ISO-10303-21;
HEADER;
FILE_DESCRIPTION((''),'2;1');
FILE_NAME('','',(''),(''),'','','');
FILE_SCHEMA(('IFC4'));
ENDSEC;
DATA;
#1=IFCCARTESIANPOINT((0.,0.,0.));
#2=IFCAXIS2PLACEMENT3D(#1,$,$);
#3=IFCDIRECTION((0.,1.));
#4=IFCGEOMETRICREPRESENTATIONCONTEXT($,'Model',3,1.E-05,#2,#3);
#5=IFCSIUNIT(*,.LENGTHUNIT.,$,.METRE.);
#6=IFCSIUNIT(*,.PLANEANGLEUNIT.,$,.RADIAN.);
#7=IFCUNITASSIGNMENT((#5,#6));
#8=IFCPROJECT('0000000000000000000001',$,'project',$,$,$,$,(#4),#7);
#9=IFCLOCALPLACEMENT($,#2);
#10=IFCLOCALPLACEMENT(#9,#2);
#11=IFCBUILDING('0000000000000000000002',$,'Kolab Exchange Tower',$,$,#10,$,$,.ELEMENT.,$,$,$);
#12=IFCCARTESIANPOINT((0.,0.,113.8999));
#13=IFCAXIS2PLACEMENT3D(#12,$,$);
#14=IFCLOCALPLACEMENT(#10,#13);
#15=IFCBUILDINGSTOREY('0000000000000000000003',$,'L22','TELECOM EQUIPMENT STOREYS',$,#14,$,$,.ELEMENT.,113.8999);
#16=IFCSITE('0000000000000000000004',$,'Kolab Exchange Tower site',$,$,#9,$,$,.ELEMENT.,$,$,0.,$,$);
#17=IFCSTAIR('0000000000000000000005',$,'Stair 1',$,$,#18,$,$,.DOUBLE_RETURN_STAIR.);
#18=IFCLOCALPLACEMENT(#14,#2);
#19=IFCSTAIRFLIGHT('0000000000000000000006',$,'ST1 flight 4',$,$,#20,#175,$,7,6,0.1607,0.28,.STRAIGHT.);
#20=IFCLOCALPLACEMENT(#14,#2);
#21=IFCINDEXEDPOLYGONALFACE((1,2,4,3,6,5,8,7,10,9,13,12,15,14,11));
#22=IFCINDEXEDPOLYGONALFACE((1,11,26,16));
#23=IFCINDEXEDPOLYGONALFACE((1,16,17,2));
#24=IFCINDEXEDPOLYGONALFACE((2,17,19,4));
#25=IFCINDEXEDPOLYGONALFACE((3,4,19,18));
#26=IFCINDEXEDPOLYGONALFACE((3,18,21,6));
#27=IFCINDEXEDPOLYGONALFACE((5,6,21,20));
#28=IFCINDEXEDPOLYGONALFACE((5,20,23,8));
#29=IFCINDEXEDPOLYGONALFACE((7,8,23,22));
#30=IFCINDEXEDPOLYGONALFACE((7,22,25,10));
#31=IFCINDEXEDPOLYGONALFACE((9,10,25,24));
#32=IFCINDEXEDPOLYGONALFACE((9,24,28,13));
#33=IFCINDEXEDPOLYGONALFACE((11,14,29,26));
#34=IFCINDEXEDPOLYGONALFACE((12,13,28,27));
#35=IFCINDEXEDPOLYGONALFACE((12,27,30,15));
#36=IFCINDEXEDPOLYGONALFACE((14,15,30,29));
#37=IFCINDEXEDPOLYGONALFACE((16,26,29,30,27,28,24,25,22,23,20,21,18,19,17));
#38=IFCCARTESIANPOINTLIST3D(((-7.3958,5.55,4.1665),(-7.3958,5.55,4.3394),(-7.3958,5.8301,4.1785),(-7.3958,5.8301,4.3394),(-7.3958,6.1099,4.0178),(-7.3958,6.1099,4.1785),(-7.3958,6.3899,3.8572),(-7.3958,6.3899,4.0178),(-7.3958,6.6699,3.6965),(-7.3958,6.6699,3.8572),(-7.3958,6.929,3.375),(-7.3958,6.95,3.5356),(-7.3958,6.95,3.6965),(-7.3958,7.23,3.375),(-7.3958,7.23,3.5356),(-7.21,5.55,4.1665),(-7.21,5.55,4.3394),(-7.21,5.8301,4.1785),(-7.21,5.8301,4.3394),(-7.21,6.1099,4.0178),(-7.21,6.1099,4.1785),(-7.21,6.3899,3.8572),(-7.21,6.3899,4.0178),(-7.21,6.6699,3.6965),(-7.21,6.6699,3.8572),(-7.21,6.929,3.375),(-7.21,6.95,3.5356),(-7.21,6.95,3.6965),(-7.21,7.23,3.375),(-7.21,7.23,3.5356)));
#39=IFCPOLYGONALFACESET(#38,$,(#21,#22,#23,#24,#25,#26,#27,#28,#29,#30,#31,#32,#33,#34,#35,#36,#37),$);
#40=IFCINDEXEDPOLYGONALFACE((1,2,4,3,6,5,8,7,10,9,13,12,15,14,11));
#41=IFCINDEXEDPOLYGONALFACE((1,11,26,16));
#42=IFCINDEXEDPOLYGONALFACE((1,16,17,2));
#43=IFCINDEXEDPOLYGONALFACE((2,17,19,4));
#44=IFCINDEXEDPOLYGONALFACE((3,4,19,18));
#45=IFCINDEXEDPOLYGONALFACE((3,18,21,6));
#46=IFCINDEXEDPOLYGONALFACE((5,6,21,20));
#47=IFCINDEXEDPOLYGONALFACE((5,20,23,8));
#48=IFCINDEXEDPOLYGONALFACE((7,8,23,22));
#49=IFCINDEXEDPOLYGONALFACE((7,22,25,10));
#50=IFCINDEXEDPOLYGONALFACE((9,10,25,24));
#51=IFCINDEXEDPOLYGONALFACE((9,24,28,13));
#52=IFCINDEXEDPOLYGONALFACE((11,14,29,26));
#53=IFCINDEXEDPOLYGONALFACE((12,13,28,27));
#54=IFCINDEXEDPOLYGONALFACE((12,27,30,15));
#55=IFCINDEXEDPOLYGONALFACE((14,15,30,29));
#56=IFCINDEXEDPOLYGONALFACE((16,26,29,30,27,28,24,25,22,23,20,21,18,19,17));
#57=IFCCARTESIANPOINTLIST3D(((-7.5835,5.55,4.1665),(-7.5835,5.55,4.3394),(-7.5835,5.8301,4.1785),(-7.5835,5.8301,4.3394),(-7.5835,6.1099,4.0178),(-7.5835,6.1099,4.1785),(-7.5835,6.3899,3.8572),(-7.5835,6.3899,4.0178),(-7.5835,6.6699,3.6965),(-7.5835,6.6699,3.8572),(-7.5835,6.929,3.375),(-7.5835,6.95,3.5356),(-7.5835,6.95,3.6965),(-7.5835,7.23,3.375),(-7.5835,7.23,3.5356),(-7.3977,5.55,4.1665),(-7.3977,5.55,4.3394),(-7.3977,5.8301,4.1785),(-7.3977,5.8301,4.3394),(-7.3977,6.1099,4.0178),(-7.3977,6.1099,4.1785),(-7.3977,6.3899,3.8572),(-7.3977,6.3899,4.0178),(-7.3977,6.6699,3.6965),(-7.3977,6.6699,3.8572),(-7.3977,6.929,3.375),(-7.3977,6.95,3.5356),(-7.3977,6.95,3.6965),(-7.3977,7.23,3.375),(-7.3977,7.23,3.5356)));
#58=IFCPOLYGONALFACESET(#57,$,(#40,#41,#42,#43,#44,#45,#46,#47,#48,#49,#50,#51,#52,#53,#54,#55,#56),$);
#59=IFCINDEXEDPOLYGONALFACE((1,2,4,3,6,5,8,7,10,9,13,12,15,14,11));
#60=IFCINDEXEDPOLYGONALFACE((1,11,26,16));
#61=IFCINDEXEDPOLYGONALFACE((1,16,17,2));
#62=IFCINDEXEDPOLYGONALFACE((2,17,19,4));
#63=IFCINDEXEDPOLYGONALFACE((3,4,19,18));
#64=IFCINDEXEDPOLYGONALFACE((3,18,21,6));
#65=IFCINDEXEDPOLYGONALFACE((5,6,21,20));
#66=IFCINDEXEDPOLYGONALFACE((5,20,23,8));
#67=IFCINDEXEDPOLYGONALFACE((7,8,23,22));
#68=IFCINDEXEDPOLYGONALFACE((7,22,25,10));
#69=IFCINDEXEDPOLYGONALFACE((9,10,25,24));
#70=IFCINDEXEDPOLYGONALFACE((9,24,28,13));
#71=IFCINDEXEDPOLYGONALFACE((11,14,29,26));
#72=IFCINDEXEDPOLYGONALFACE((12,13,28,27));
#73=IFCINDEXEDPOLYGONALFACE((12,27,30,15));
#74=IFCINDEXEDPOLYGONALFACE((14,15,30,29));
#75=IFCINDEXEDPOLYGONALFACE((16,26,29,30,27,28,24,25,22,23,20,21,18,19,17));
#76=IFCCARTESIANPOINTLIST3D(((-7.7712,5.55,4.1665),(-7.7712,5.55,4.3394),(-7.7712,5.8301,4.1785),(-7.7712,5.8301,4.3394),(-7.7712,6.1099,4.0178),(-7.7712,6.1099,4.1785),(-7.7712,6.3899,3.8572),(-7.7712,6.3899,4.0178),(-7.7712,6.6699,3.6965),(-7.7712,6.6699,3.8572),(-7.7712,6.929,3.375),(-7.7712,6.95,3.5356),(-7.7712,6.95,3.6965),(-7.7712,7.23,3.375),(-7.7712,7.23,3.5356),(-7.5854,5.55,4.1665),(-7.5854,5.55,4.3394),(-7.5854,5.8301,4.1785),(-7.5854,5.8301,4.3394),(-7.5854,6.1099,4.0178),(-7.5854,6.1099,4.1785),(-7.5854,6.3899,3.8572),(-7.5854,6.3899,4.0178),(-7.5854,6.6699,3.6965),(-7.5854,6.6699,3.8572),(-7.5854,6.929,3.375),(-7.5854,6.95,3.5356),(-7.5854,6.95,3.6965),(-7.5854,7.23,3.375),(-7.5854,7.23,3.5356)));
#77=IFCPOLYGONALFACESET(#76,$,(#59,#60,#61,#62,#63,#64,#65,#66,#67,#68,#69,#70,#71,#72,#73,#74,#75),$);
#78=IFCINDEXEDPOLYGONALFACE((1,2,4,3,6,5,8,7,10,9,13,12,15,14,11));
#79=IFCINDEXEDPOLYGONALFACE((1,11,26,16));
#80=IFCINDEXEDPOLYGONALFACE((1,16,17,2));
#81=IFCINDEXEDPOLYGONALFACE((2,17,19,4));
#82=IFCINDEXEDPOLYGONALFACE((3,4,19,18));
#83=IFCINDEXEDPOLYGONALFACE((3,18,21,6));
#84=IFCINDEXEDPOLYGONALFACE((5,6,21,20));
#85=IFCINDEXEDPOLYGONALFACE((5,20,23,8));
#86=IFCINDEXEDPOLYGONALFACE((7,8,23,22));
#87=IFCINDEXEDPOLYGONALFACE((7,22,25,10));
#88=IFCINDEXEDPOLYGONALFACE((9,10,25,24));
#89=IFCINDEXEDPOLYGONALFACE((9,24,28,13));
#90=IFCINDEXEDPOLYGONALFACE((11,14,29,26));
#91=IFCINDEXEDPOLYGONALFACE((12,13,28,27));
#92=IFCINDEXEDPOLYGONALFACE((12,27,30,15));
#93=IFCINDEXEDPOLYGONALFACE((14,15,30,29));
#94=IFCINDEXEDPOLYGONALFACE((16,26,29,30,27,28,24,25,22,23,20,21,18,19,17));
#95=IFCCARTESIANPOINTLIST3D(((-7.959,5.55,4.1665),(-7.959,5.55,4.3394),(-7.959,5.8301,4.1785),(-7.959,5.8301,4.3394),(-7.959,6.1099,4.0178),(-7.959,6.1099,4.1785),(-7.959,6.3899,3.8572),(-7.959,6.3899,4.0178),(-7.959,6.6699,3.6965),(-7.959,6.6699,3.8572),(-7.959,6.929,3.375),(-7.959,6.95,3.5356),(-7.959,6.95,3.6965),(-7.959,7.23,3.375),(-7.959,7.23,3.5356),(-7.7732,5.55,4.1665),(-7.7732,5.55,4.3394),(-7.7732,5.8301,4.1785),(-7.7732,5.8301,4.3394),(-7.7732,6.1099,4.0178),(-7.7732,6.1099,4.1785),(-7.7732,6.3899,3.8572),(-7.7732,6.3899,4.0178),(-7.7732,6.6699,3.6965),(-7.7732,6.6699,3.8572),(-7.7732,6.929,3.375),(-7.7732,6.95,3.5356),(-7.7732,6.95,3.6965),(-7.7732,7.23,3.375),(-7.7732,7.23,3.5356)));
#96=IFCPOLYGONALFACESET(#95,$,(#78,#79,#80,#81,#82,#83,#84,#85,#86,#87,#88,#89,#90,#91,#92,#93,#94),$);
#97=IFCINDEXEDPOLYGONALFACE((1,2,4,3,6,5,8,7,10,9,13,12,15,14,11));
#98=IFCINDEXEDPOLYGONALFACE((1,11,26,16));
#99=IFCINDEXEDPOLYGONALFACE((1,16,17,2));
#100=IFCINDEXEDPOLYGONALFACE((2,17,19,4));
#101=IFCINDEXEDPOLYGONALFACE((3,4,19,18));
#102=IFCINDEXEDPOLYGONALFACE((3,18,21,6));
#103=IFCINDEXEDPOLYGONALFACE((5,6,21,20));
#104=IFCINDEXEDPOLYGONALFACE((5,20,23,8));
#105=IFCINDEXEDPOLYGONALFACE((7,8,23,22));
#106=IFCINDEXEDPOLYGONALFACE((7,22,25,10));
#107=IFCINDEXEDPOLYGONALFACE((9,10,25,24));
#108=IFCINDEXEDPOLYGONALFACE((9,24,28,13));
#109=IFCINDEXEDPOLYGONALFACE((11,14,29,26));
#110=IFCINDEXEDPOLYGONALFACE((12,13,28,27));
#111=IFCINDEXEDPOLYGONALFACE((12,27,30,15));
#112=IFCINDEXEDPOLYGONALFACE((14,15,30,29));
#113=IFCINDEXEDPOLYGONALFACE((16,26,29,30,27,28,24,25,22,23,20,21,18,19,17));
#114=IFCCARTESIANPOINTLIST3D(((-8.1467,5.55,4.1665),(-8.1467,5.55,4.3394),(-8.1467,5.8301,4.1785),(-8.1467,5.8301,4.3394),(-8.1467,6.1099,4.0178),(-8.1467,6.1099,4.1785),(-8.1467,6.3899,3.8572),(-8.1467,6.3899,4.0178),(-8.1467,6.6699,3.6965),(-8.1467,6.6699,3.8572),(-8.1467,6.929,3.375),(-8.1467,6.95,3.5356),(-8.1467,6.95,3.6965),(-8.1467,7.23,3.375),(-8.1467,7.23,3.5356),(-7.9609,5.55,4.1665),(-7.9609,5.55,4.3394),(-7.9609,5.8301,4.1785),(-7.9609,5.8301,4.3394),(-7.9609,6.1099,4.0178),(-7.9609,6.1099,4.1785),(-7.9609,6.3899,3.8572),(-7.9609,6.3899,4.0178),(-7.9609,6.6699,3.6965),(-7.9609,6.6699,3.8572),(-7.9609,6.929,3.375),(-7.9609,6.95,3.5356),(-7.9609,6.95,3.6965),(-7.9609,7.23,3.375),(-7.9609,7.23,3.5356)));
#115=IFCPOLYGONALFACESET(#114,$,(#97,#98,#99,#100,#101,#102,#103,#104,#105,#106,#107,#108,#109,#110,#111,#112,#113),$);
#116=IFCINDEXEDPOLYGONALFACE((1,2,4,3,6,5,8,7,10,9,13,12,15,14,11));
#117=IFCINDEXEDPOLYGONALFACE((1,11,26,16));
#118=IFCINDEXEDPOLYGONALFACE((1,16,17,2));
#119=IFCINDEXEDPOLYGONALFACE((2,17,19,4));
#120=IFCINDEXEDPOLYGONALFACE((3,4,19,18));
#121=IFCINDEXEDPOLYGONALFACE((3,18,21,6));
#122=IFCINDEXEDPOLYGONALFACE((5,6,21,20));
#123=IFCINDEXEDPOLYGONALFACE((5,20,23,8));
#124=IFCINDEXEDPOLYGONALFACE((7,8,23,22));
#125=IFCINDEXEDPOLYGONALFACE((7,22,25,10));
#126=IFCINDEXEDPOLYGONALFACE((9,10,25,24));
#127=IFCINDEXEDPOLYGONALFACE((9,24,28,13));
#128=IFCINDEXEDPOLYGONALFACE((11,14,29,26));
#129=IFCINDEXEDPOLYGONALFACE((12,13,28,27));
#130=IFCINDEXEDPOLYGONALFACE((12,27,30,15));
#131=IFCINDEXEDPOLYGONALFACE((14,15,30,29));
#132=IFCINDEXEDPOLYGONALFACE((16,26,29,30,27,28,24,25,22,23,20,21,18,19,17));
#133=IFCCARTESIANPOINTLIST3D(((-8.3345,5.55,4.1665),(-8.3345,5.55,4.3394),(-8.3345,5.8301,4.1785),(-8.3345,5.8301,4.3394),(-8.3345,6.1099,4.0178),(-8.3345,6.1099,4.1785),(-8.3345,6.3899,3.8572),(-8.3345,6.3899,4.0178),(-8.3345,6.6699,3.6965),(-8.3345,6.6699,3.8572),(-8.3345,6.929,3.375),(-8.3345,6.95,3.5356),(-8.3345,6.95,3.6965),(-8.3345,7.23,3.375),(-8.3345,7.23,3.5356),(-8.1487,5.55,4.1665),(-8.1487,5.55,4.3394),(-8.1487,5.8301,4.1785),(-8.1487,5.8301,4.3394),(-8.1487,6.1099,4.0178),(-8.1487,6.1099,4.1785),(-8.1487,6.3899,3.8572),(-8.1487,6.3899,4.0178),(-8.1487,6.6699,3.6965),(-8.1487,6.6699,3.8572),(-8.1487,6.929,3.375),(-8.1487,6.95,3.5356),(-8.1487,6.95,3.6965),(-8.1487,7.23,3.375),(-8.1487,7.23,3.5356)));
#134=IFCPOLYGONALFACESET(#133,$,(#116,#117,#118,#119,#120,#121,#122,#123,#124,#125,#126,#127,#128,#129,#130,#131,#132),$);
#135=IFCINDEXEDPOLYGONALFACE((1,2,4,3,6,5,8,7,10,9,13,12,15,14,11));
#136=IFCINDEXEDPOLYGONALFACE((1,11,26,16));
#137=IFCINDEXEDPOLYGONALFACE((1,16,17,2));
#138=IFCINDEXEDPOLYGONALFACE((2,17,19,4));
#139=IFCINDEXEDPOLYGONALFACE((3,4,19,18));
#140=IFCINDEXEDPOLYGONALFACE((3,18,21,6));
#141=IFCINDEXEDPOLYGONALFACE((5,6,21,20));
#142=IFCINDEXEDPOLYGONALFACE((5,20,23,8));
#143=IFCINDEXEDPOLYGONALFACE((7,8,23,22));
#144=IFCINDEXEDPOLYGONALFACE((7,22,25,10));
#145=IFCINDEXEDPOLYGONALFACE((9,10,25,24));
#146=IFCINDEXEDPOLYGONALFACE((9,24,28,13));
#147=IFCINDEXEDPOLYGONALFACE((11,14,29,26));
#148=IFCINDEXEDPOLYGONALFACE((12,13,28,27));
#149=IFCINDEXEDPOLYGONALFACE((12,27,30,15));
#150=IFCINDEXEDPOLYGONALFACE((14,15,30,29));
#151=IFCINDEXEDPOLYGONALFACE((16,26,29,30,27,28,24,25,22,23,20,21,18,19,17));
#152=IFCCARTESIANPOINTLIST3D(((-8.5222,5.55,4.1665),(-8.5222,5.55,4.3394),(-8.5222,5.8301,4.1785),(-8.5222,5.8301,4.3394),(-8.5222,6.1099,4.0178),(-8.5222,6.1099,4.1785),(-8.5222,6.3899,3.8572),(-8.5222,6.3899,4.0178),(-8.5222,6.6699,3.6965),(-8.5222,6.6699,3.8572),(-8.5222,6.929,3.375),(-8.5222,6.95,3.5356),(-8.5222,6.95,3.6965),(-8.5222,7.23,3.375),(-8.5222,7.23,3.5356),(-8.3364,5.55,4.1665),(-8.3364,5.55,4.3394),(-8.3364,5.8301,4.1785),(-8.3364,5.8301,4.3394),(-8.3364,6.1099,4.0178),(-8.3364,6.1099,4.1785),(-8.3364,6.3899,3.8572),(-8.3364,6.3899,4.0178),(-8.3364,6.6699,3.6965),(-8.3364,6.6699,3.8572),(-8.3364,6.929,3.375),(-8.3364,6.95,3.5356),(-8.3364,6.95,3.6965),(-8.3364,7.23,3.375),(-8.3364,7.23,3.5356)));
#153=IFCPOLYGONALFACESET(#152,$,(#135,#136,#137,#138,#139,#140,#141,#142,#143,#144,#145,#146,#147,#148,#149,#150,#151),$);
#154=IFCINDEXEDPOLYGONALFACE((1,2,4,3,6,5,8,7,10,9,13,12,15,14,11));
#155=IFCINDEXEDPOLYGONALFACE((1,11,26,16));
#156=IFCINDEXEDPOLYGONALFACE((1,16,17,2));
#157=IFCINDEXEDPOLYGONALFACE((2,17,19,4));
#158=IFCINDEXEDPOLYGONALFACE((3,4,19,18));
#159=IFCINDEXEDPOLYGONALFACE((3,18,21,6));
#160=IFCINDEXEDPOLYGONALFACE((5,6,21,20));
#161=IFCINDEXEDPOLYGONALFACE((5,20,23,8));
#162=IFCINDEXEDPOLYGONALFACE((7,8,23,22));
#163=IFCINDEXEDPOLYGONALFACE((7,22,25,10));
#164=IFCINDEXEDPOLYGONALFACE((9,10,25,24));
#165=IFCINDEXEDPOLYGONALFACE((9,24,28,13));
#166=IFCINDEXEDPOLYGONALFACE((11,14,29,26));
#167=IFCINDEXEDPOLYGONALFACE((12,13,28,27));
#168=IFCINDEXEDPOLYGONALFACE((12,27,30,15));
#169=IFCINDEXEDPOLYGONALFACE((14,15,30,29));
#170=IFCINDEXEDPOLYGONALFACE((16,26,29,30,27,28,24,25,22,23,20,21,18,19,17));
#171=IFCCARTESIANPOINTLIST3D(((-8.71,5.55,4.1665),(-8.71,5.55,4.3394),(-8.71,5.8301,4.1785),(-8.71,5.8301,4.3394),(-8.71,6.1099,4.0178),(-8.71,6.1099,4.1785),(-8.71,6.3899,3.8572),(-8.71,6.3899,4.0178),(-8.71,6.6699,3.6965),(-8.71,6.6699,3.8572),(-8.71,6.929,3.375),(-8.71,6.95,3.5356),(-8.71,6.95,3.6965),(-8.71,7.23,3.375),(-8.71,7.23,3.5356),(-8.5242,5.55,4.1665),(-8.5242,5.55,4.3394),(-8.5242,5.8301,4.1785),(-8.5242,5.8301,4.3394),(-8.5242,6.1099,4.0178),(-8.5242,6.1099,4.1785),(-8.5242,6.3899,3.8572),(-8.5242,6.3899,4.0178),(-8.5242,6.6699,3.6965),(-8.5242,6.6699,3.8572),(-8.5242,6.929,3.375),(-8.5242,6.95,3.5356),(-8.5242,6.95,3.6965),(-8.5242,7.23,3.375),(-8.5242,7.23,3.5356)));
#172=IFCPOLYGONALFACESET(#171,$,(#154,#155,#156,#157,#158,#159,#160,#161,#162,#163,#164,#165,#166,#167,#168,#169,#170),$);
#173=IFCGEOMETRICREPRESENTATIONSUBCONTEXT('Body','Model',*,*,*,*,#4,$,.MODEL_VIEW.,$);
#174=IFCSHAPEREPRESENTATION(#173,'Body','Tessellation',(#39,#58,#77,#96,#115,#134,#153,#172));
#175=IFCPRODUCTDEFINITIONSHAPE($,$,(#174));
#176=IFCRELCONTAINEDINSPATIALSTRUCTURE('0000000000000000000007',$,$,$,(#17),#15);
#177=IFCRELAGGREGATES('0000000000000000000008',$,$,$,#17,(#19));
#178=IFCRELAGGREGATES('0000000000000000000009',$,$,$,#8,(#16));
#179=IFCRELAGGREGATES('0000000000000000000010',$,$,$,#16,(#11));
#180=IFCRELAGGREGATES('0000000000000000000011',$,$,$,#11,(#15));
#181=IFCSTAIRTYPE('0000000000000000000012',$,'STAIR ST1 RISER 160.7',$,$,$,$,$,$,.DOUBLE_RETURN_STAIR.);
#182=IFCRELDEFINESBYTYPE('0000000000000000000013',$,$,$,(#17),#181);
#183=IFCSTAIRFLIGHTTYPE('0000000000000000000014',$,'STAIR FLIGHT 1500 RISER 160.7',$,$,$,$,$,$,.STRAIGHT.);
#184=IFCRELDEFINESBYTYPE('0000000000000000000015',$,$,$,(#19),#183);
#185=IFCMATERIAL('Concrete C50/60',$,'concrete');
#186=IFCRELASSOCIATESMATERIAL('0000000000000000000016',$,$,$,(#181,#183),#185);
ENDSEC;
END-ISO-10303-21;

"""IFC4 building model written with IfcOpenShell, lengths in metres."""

from ifc_helpers import new_model, si_unit, direction, frame, origin, place, context, subcontext, project, spatial, polyline, outline, extrude, material, type_object, element, aggregate, save


model = new_model("IFC4")

# Units and contexts
model_context = context("Model", 3, precision=1e-05, world=origin(), true_north=direction((0.0, 1.0)))
body_context = subcontext(model_context, "Body", "Model", "MODEL_VIEW")
ifc_project = project(units=[si_unit("LENGTHUNIT", "METRE"), si_unit("PLANEANGLEUNIT", "RADIAN")], contexts=[model_context])

# Site, building, storey
site_placement = place(None, origin())
site = spatial("IfcSite", under=ifc_project, at=site_placement, Name="Kolab Exchange Tower site", CompositionType="ELEMENT", RefElevation=0.0)
building_placement = place(site_placement, origin())
building = spatial("IfcBuilding", under=site, at=building_placement, Name="Kolab Exchange Tower", CompositionType="ELEMENT")
storey_placement = place(building_placement, frame((0.0, 0.0, 113.8999)))
storey = spatial("IfcBuildingStorey", under=building, at=storey_placement, Name="L22", Description="TELECOM EQUIPMENT STOREYS", CompositionType="ELEMENT", Elevation=113.8999)

# Shared definitions
ifc_material_1 = material(Name="Concrete C50/60", Category="concrete")

# Stair, stair flight
stair_type = type_object("IfcStairType", Name="STAIR ST1 RISER 160.7", PredefinedType="DOUBLE_RETURN_STAIR", material=ifc_material_1)
stair_placement = place(storey_placement, origin())
stair = element("IfcStair", 1, at=stair_placement, inside=storey, type_object=stair_type, Name="Stair 1", PredefinedType="DOUBLE_RETURN_STAIR")
stair_flight_type = type_object("IfcStairFlightType", Name="STAIR FLIGHT 1500 RISER 160.7", PredefinedType="STRAIGHT", material=ifc_material_1)
stair_flight_1_placement = place(storey_placement, frame((-7.96, 7.23, 3.375), z_axis=(0.0, 0.0, 1.0), x_axis=(0.0, -1.0, 0.0)))
stair_flight_1 = element("IfcStairFlight", 2, at=stair_flight_1_placement, type_object=stair_flight_type, Name="ST1 flight 4", NumberOfRisers=7, NumberOfTreads=6, PredefinedType="STRAIGHT", RiserHeight=0.1607, TreadLength=0.28, context=body_context, shape_type="SweptSolid", body=[
    extrude(outline(polyline([(0.0, 0.0), (0.0, 0.1606), (0.28, 0.1606), (0.28, 0.3215), (0.5601, 0.3215), (0.5601, 0.4822), (0.8401, 0.4822), (0.8401, 0.6428), (1.1201, 0.6428), (1.1201, 0.8035), (1.3999, 0.8035), (1.3999, 0.9644), (1.6799, 0.9644), (1.6799, 1.125), (1.6799, 0.7915), (0.301, 0.0), (0.0, 0.0)])), frame((0.0, 0.75, 0.0), z_axis=(0.0, -1.0, 0.0), x_axis=(1.0, 0.0, 0.0)), (0.0, 0.0, 1.0), 0.1858),
    extrude(outline(polyline([(0.0, 0.0), (0.0, 0.1606), (0.28, 0.1606), (0.28, 0.3215), (0.5601, 0.3215), (0.5601, 0.4822), (0.8401, 0.4822), (0.8401, 0.6428), (1.1201, 0.6428), (1.1201, 0.8035), (1.3999, 0.8035), (1.3999, 0.9644), (1.6799, 0.9644), (1.6799, 1.125), (1.6799, 0.7915), (0.301, 0.0), (0.0, 0.0)])), frame((0.0, 0.5623, 0.0), z_axis=(0.0, -1.0, 0.0), x_axis=(1.0, 0.0, 0.0)), (0.0, 0.0, 1.0), 0.1858),
    extrude(outline(polyline([(0.0, 0.0), (0.0, 0.1606), (0.28, 0.1606), (0.28, 0.3215), (0.5601, 0.3215), (0.5601, 0.4822), (0.8401, 0.4822), (0.8401, 0.6428), (1.1201, 0.6428), (1.1201, 0.8035), (1.3999, 0.8035), (1.3999, 0.9644), (1.6799, 0.9644), (1.6799, 1.125), (1.6799, 0.7915), (0.301, 0.0), (0.0, 0.0)])), frame((0.0, 0.3745, 0.0), z_axis=(0.0, -1.0, 0.0), x_axis=(1.0, 0.0, 0.0)), (0.0, 0.0, 1.0), 0.1858),
    extrude(outline(polyline([(0.0, 0.0), (0.0, 0.1606), (0.28, 0.1606), (0.28, 0.3215), (0.5601, 0.3215), (0.5601, 0.4822), (0.8401, 0.4822), (0.8401, 0.6428), (1.1201, 0.6428), (1.1201, 0.8035), (1.3999, 0.8035), (1.3999, 0.9644), (1.6799, 0.9644), (1.6799, 1.125), (1.6799, 0.7915), (0.301, 0.0), (0.0, 0.0)])), frame((0.0, 0.1868, 0.0), z_axis=(0.0, -1.0, 0.0), x_axis=(1.0, 0.0, 0.0)), (0.0, 0.0, 1.0), 0.1858),
    extrude(outline(polyline([(0.0, 0.0), (0.0, 0.1606), (0.28, 0.1606), (0.28, 0.3215), (0.5601, 0.3215), (0.5601, 0.4822), (0.8401, 0.4822), (0.8401, 0.6428), (1.1201, 0.6428), (1.1201, 0.8035), (1.3999, 0.8035), (1.3999, 0.9644), (1.6799, 0.9644), (1.6799, 1.125), (1.6799, 0.7915), (0.301, 0.0), (0.0, 0.0)])), frame((0.0, -0.001, 0.0), z_axis=(0.0, -1.0, 0.0), x_axis=(1.0, 0.0, 0.0)), (0.0, 0.0, 1.0), 0.1858),
    extrude(outline(polyline([(0.0, 0.0), (0.0, 0.1606), (0.28, 0.1606), (0.28, 0.3215), (0.5601, 0.3215), (0.5601, 0.4822), (0.8401, 0.4822), (0.8401, 0.6428), (1.1201, 0.6428), (1.1201, 0.8035), (1.3999, 0.8035), (1.3999, 0.9644), (1.6799, 0.9644), (1.6799, 1.125), (1.6799, 0.7915), (0.301, 0.0), (0.0, 0.0)])), frame((0.0, -0.1887, 0.0), z_axis=(0.0, -1.0, 0.0), x_axis=(1.0, 0.0, 0.0)), (0.0, 0.0, 1.0), 0.1858),
    extrude(outline(polyline([(0.0, 0.0), (0.0, 0.1606), (0.28, 0.1606), (0.28, 0.3215), (0.5601, 0.3215), (0.5601, 0.4822), (0.8401, 0.4822), (0.8401, 0.6428), (1.1201, 0.6428), (1.1201, 0.8035), (1.3999, 0.8035), (1.3999, 0.9644), (1.6799, 0.9644), (1.6799, 1.125), (1.6799, 0.7915), (0.301, 0.0), (0.0, 0.0)])), frame((0.0, -0.3765, 0.0), z_axis=(0.0, -1.0, 0.0), x_axis=(1.0, 0.0, 0.0)), (0.0, 0.0, 1.0), 0.1858),
    extrude(outline(polyline([(0.0, 0.0), (0.0, 0.1606), (0.28, 0.1606), (0.28, 0.3215), (0.5601, 0.3215), (0.5601, 0.4822), (0.8401, 0.4822), (0.8401, 0.6428), (1.1201, 0.6428), (1.1201, 0.8035), (1.3999, 0.8035), (1.3999, 0.9644), (1.6799, 0.9644), (1.6799, 1.125), (1.6799, 0.7915), (0.301, 0.0), (0.0, 0.0)])), frame((0.0, -0.5642, 0.0), z_axis=(0.0, -1.0, 0.0), x_axis=(1.0, 0.0, 0.0)), (0.0, 0.0, 1.0), 0.1858),
])
aggregate(stair, [stair_flight_1])

save(model, "model.ifc")
